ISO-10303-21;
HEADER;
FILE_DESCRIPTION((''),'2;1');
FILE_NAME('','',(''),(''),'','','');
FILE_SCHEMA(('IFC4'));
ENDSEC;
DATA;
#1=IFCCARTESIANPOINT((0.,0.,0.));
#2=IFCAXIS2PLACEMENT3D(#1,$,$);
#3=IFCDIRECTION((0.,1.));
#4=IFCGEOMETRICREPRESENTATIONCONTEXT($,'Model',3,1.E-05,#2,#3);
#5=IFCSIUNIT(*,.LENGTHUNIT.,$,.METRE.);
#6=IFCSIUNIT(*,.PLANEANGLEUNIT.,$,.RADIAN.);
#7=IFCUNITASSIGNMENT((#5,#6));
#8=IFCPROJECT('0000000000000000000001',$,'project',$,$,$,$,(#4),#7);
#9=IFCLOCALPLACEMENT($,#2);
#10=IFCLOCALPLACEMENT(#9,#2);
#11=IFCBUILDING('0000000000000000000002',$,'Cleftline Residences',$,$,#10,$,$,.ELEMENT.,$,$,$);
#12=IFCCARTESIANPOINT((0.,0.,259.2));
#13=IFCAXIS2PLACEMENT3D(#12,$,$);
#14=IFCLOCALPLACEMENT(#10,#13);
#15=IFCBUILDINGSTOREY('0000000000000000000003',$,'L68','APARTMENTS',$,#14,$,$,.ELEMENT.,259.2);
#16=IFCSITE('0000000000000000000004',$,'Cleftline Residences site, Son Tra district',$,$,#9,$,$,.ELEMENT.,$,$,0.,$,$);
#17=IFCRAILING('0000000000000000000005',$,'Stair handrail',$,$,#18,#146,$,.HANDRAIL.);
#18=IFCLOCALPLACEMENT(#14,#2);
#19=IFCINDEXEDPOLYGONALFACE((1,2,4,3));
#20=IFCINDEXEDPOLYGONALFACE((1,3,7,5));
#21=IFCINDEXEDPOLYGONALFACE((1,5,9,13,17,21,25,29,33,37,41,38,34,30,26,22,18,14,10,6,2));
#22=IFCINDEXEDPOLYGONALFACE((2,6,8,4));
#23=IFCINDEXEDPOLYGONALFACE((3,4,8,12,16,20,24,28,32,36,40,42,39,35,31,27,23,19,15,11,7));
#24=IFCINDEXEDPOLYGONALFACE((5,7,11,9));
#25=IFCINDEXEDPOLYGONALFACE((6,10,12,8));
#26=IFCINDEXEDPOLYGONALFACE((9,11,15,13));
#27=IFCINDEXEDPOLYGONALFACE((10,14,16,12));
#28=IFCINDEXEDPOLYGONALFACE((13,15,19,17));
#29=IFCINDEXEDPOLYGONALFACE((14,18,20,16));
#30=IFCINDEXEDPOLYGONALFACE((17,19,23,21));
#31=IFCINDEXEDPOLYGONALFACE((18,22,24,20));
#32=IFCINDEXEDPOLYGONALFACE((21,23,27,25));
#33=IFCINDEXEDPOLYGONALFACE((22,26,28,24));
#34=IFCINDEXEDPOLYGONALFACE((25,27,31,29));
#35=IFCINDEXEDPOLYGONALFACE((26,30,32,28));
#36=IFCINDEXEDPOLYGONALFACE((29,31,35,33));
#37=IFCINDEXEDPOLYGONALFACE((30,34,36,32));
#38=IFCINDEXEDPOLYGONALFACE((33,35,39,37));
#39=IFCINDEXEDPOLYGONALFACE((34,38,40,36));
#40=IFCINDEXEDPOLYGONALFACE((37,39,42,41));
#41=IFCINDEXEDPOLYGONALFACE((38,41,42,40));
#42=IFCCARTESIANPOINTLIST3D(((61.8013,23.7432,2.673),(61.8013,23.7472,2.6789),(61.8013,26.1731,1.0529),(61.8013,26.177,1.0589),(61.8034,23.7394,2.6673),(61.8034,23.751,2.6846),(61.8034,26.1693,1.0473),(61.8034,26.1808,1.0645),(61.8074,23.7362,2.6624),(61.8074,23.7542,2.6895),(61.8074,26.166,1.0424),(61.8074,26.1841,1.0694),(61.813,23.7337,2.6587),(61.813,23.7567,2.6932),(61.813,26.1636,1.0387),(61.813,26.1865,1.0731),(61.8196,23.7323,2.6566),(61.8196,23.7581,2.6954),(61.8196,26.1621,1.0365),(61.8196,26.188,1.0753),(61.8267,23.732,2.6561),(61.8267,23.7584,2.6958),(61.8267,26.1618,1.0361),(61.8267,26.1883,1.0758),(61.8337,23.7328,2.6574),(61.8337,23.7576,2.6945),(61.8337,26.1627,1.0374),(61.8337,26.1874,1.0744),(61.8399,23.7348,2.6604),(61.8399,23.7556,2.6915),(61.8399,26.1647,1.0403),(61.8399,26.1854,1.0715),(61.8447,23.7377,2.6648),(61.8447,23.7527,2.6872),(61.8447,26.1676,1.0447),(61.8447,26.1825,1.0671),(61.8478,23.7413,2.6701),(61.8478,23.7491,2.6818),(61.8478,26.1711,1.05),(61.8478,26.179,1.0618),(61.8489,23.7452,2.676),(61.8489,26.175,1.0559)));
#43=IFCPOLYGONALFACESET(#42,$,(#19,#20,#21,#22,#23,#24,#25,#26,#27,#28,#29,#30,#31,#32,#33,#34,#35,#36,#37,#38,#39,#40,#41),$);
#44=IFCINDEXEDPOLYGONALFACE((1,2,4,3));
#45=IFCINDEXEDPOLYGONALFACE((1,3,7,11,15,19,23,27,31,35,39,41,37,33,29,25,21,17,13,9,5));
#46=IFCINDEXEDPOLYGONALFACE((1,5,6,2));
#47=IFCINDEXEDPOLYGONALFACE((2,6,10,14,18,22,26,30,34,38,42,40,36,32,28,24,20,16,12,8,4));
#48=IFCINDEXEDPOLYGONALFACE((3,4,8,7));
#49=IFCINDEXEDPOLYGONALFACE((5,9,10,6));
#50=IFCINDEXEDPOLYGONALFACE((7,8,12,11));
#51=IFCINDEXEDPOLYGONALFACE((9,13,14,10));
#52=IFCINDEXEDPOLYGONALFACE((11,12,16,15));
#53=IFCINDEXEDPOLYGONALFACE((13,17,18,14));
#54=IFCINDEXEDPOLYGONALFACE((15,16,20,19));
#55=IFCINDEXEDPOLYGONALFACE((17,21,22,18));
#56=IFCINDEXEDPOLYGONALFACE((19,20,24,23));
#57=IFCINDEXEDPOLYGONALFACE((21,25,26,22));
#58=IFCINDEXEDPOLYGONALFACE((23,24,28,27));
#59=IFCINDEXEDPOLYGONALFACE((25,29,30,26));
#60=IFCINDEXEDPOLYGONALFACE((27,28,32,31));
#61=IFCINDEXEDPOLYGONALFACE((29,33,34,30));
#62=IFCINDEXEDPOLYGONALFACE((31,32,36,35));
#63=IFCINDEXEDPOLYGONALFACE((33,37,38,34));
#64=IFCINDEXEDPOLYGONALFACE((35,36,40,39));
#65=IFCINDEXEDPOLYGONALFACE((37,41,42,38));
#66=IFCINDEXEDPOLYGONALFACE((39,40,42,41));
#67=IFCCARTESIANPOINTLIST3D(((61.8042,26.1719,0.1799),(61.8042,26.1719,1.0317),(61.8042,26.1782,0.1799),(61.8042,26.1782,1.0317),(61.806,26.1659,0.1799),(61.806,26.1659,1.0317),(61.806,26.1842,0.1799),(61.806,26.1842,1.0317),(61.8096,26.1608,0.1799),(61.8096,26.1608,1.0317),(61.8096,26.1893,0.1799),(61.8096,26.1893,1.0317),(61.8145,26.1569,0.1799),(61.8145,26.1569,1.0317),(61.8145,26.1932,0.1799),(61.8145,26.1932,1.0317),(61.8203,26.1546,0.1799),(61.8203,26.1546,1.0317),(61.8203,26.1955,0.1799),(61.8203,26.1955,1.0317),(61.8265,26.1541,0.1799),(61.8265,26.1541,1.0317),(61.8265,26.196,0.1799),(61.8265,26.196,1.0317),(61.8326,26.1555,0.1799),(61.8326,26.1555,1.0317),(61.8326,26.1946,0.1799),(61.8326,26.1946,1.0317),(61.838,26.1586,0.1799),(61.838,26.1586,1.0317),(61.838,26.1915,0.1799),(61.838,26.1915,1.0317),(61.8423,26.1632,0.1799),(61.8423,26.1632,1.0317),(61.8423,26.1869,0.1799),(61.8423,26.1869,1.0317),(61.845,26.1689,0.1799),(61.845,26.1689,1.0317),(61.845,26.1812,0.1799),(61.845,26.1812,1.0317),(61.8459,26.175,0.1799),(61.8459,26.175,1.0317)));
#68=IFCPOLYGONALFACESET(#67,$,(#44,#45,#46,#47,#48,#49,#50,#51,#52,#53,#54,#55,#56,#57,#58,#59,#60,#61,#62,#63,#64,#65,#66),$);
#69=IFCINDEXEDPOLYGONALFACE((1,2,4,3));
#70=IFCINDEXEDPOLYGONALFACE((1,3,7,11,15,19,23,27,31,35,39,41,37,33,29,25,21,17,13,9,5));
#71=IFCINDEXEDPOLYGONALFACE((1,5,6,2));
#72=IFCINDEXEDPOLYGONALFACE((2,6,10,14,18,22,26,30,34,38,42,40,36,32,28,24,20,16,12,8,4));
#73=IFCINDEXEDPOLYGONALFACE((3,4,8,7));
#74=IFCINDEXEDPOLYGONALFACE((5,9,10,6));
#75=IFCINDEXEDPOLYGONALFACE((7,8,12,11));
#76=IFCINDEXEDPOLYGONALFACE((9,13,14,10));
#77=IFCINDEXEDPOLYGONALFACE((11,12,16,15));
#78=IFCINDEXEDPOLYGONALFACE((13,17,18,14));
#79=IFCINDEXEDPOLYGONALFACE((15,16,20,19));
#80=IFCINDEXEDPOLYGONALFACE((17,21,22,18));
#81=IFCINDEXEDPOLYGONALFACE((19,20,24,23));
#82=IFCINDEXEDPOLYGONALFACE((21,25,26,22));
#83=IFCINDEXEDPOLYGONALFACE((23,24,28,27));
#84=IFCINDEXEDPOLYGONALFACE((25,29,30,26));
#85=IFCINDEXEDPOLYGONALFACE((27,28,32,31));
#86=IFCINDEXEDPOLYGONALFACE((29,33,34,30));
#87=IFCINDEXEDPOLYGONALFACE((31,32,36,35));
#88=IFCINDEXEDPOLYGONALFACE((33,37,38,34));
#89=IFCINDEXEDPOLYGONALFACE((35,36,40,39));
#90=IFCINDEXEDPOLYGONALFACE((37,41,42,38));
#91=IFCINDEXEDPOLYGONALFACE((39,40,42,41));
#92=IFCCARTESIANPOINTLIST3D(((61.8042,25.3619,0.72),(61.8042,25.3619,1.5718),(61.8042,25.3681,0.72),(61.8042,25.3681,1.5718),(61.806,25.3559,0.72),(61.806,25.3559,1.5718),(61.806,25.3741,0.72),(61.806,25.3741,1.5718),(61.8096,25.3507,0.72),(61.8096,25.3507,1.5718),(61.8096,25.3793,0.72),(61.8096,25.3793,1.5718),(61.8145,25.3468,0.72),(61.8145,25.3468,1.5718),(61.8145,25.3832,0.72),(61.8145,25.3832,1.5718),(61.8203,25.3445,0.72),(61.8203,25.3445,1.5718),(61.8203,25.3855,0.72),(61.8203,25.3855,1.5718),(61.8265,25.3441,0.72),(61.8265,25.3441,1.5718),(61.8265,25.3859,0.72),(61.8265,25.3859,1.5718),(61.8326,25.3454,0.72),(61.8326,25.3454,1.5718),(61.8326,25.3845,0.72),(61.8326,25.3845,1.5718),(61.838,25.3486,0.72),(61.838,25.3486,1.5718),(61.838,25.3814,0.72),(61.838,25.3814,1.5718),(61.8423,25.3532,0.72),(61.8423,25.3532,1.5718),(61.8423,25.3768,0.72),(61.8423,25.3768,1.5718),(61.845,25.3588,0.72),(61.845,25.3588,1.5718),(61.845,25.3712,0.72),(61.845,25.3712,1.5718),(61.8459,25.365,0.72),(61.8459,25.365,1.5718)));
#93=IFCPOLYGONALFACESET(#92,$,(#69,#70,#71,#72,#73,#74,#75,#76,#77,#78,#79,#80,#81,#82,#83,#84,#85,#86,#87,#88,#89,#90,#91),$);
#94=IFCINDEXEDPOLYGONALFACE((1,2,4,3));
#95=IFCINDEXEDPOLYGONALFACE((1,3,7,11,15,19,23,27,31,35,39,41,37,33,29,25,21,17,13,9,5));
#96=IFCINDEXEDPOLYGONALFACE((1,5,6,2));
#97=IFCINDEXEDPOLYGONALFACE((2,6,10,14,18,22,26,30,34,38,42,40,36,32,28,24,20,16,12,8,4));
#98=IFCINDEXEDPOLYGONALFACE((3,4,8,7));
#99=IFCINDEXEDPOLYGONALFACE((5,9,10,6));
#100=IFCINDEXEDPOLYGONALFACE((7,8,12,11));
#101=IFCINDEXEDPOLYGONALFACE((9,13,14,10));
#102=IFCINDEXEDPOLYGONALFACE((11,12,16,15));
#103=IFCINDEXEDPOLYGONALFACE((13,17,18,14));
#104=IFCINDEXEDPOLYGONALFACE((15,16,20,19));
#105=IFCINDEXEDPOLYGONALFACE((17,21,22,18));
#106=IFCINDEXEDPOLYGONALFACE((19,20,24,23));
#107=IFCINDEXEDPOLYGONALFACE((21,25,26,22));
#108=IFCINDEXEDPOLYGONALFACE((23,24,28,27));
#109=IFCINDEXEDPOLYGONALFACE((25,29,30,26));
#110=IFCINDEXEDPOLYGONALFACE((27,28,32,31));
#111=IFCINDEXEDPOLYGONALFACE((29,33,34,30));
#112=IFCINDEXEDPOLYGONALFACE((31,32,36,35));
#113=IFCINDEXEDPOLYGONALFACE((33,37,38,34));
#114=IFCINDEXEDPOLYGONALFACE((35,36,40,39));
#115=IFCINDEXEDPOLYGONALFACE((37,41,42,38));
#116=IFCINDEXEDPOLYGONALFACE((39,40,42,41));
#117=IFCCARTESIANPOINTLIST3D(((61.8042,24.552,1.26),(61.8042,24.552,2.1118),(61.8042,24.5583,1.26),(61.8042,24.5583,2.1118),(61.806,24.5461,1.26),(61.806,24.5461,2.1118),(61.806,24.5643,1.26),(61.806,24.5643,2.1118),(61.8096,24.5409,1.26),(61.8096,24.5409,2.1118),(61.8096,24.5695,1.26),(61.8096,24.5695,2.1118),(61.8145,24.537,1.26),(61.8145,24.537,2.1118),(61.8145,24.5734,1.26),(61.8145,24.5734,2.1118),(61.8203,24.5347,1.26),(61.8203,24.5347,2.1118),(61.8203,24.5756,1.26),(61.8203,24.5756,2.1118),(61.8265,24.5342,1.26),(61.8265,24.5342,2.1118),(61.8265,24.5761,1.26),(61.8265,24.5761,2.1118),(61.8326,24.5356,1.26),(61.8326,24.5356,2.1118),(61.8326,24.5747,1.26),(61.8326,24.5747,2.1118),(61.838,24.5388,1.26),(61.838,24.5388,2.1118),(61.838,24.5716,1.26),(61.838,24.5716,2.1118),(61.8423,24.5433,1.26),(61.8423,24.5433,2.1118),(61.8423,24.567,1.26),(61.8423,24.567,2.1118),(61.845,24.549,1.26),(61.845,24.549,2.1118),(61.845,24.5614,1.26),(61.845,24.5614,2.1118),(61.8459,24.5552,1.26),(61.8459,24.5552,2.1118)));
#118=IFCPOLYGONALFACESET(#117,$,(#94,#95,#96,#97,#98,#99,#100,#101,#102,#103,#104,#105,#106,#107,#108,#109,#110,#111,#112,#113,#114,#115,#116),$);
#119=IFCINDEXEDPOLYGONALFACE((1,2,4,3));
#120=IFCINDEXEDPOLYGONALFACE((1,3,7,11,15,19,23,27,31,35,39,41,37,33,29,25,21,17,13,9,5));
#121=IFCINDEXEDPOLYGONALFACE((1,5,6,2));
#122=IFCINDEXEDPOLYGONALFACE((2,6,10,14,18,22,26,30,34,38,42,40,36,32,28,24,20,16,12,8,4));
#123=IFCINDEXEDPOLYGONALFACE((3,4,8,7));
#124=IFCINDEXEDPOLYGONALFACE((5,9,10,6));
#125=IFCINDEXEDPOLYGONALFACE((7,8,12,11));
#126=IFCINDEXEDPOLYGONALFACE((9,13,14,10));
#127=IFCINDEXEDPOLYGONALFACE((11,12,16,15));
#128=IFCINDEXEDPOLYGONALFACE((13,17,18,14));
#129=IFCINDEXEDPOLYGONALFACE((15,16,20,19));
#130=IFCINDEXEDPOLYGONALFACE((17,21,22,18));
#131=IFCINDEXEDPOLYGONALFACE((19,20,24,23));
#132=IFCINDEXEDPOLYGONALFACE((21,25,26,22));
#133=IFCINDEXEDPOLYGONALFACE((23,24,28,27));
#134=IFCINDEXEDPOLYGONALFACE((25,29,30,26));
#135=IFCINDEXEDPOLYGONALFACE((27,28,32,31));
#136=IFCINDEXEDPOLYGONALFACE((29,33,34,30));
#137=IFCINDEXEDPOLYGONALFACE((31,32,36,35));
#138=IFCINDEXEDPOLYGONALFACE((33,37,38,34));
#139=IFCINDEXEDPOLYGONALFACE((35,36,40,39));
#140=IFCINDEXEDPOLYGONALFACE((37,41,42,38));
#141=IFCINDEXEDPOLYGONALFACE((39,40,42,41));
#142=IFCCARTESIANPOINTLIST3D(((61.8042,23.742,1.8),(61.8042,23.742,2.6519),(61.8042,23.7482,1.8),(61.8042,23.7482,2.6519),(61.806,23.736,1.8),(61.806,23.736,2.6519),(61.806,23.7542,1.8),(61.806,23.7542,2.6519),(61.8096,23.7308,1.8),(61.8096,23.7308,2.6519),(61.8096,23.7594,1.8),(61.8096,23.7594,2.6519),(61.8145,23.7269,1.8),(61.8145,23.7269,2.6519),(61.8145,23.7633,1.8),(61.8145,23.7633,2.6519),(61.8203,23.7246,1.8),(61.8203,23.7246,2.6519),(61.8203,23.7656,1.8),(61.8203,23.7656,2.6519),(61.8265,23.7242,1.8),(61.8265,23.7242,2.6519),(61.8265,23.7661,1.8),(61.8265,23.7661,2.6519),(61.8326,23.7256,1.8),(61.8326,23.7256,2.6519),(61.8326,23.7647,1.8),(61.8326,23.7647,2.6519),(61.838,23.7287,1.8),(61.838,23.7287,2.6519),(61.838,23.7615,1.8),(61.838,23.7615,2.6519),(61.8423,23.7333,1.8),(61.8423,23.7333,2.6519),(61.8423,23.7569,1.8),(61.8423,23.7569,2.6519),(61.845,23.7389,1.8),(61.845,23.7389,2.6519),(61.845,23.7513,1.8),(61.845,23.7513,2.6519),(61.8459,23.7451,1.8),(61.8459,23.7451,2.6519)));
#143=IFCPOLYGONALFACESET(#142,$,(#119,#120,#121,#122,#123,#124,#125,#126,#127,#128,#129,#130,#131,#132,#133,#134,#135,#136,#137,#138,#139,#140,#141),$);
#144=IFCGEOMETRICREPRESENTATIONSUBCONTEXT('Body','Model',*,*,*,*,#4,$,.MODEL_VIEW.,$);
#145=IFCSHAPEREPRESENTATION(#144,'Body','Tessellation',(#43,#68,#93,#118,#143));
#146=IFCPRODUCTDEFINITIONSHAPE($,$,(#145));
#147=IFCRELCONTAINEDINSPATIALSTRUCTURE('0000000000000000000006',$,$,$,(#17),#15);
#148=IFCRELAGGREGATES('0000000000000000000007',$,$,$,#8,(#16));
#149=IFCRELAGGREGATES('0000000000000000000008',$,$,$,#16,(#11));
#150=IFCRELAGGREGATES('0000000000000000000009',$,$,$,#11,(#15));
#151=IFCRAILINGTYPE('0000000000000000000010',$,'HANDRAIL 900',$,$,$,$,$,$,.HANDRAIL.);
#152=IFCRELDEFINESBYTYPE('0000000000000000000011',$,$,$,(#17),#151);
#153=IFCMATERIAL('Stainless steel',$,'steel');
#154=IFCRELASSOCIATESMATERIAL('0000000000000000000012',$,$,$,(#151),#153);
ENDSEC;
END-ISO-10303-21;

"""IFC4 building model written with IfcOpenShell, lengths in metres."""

from ifc_helpers import new_model, si_unit, direction, frame, origin, origin_2d, place, context, subcontext, project, spatial, circle, extrude, material, type_object, element, save


model = new_model("IFC4")

# Units and contexts
model_context = context("Model", 3, precision=1e-05, world=origin(), true_north=direction((0.0, 1.0)))
body_context = subcontext(model_context, "Body", "Model", "MODEL_VIEW")
ifc_project = project(units=[si_unit("LENGTHUNIT", "METRE"), si_unit("PLANEANGLEUNIT", "RADIAN")], contexts=[model_context])

# Site, building, storey
site_placement = place(None, origin())
site = spatial("IfcSite", under=ifc_project, at=site_placement, Name="Cleftline Residences site, Son Tra district", CompositionType="ELEMENT", RefElevation=0.0)
building_placement = place(site_placement, origin())
building = spatial("IfcBuilding", under=site, at=building_placement, Name="Cleftline Residences", CompositionType="ELEMENT")
storey_placement = place(building_placement, frame((0.0, 0.0, 259.2)))
storey = spatial("IfcBuildingStorey", under=building, at=storey_placement, Name="L68", Description="APARTMENTS", CompositionType="ELEMENT", Elevation=259.2)

# Railing
ifc_material_1 = material(Name="Stainless steel", Category="steel")
railing_type = type_object("IfcRailingType", Name="HANDRAIL 900", PredefinedType="HANDRAIL", material=ifc_material_1)
railing_placement = place(storey_placement, frame((61.825, 26.175, 0.1799)))
element("IfcRailing", 1, at=railing_placement, inside=storey, type_object=railing_type, Name="Stair handrail", PredefinedType="HANDRAIL", context=body_context, shape_type="SweptSolid", body=[
    extrude(circle(Radius=0.0239, at=origin_2d()), frame((0.0, 0.0, 0.876), z_axis=(0.0, -0.832025, 0.554739), x_axis=(1.0, 0.0, 0.0)), (0.0, 0.0, 1.0), 2.9204),
    extrude(circle(Radius=0.021, at=origin_2d()), origin(), (0.0, 0.0, 1.0), 0.8518),
    extrude(circle(Radius=0.021, at=origin_2d()), frame((0.0, -0.8101, 0.54)), (0.0, 0.0, 1.0), 0.8518),
    extrude(circle(Radius=0.021, at=origin_2d()), frame((0.0, -1.6199, 1.0801)), (0.0, 0.0, 1.0), 0.8518),
    extrude(circle(Radius=0.021, at=origin_2d()), frame((0.0, -2.4299, 1.6201)), (0.0, 0.0, 1.0), 0.8518),
])

save(model, "model.ifc")
